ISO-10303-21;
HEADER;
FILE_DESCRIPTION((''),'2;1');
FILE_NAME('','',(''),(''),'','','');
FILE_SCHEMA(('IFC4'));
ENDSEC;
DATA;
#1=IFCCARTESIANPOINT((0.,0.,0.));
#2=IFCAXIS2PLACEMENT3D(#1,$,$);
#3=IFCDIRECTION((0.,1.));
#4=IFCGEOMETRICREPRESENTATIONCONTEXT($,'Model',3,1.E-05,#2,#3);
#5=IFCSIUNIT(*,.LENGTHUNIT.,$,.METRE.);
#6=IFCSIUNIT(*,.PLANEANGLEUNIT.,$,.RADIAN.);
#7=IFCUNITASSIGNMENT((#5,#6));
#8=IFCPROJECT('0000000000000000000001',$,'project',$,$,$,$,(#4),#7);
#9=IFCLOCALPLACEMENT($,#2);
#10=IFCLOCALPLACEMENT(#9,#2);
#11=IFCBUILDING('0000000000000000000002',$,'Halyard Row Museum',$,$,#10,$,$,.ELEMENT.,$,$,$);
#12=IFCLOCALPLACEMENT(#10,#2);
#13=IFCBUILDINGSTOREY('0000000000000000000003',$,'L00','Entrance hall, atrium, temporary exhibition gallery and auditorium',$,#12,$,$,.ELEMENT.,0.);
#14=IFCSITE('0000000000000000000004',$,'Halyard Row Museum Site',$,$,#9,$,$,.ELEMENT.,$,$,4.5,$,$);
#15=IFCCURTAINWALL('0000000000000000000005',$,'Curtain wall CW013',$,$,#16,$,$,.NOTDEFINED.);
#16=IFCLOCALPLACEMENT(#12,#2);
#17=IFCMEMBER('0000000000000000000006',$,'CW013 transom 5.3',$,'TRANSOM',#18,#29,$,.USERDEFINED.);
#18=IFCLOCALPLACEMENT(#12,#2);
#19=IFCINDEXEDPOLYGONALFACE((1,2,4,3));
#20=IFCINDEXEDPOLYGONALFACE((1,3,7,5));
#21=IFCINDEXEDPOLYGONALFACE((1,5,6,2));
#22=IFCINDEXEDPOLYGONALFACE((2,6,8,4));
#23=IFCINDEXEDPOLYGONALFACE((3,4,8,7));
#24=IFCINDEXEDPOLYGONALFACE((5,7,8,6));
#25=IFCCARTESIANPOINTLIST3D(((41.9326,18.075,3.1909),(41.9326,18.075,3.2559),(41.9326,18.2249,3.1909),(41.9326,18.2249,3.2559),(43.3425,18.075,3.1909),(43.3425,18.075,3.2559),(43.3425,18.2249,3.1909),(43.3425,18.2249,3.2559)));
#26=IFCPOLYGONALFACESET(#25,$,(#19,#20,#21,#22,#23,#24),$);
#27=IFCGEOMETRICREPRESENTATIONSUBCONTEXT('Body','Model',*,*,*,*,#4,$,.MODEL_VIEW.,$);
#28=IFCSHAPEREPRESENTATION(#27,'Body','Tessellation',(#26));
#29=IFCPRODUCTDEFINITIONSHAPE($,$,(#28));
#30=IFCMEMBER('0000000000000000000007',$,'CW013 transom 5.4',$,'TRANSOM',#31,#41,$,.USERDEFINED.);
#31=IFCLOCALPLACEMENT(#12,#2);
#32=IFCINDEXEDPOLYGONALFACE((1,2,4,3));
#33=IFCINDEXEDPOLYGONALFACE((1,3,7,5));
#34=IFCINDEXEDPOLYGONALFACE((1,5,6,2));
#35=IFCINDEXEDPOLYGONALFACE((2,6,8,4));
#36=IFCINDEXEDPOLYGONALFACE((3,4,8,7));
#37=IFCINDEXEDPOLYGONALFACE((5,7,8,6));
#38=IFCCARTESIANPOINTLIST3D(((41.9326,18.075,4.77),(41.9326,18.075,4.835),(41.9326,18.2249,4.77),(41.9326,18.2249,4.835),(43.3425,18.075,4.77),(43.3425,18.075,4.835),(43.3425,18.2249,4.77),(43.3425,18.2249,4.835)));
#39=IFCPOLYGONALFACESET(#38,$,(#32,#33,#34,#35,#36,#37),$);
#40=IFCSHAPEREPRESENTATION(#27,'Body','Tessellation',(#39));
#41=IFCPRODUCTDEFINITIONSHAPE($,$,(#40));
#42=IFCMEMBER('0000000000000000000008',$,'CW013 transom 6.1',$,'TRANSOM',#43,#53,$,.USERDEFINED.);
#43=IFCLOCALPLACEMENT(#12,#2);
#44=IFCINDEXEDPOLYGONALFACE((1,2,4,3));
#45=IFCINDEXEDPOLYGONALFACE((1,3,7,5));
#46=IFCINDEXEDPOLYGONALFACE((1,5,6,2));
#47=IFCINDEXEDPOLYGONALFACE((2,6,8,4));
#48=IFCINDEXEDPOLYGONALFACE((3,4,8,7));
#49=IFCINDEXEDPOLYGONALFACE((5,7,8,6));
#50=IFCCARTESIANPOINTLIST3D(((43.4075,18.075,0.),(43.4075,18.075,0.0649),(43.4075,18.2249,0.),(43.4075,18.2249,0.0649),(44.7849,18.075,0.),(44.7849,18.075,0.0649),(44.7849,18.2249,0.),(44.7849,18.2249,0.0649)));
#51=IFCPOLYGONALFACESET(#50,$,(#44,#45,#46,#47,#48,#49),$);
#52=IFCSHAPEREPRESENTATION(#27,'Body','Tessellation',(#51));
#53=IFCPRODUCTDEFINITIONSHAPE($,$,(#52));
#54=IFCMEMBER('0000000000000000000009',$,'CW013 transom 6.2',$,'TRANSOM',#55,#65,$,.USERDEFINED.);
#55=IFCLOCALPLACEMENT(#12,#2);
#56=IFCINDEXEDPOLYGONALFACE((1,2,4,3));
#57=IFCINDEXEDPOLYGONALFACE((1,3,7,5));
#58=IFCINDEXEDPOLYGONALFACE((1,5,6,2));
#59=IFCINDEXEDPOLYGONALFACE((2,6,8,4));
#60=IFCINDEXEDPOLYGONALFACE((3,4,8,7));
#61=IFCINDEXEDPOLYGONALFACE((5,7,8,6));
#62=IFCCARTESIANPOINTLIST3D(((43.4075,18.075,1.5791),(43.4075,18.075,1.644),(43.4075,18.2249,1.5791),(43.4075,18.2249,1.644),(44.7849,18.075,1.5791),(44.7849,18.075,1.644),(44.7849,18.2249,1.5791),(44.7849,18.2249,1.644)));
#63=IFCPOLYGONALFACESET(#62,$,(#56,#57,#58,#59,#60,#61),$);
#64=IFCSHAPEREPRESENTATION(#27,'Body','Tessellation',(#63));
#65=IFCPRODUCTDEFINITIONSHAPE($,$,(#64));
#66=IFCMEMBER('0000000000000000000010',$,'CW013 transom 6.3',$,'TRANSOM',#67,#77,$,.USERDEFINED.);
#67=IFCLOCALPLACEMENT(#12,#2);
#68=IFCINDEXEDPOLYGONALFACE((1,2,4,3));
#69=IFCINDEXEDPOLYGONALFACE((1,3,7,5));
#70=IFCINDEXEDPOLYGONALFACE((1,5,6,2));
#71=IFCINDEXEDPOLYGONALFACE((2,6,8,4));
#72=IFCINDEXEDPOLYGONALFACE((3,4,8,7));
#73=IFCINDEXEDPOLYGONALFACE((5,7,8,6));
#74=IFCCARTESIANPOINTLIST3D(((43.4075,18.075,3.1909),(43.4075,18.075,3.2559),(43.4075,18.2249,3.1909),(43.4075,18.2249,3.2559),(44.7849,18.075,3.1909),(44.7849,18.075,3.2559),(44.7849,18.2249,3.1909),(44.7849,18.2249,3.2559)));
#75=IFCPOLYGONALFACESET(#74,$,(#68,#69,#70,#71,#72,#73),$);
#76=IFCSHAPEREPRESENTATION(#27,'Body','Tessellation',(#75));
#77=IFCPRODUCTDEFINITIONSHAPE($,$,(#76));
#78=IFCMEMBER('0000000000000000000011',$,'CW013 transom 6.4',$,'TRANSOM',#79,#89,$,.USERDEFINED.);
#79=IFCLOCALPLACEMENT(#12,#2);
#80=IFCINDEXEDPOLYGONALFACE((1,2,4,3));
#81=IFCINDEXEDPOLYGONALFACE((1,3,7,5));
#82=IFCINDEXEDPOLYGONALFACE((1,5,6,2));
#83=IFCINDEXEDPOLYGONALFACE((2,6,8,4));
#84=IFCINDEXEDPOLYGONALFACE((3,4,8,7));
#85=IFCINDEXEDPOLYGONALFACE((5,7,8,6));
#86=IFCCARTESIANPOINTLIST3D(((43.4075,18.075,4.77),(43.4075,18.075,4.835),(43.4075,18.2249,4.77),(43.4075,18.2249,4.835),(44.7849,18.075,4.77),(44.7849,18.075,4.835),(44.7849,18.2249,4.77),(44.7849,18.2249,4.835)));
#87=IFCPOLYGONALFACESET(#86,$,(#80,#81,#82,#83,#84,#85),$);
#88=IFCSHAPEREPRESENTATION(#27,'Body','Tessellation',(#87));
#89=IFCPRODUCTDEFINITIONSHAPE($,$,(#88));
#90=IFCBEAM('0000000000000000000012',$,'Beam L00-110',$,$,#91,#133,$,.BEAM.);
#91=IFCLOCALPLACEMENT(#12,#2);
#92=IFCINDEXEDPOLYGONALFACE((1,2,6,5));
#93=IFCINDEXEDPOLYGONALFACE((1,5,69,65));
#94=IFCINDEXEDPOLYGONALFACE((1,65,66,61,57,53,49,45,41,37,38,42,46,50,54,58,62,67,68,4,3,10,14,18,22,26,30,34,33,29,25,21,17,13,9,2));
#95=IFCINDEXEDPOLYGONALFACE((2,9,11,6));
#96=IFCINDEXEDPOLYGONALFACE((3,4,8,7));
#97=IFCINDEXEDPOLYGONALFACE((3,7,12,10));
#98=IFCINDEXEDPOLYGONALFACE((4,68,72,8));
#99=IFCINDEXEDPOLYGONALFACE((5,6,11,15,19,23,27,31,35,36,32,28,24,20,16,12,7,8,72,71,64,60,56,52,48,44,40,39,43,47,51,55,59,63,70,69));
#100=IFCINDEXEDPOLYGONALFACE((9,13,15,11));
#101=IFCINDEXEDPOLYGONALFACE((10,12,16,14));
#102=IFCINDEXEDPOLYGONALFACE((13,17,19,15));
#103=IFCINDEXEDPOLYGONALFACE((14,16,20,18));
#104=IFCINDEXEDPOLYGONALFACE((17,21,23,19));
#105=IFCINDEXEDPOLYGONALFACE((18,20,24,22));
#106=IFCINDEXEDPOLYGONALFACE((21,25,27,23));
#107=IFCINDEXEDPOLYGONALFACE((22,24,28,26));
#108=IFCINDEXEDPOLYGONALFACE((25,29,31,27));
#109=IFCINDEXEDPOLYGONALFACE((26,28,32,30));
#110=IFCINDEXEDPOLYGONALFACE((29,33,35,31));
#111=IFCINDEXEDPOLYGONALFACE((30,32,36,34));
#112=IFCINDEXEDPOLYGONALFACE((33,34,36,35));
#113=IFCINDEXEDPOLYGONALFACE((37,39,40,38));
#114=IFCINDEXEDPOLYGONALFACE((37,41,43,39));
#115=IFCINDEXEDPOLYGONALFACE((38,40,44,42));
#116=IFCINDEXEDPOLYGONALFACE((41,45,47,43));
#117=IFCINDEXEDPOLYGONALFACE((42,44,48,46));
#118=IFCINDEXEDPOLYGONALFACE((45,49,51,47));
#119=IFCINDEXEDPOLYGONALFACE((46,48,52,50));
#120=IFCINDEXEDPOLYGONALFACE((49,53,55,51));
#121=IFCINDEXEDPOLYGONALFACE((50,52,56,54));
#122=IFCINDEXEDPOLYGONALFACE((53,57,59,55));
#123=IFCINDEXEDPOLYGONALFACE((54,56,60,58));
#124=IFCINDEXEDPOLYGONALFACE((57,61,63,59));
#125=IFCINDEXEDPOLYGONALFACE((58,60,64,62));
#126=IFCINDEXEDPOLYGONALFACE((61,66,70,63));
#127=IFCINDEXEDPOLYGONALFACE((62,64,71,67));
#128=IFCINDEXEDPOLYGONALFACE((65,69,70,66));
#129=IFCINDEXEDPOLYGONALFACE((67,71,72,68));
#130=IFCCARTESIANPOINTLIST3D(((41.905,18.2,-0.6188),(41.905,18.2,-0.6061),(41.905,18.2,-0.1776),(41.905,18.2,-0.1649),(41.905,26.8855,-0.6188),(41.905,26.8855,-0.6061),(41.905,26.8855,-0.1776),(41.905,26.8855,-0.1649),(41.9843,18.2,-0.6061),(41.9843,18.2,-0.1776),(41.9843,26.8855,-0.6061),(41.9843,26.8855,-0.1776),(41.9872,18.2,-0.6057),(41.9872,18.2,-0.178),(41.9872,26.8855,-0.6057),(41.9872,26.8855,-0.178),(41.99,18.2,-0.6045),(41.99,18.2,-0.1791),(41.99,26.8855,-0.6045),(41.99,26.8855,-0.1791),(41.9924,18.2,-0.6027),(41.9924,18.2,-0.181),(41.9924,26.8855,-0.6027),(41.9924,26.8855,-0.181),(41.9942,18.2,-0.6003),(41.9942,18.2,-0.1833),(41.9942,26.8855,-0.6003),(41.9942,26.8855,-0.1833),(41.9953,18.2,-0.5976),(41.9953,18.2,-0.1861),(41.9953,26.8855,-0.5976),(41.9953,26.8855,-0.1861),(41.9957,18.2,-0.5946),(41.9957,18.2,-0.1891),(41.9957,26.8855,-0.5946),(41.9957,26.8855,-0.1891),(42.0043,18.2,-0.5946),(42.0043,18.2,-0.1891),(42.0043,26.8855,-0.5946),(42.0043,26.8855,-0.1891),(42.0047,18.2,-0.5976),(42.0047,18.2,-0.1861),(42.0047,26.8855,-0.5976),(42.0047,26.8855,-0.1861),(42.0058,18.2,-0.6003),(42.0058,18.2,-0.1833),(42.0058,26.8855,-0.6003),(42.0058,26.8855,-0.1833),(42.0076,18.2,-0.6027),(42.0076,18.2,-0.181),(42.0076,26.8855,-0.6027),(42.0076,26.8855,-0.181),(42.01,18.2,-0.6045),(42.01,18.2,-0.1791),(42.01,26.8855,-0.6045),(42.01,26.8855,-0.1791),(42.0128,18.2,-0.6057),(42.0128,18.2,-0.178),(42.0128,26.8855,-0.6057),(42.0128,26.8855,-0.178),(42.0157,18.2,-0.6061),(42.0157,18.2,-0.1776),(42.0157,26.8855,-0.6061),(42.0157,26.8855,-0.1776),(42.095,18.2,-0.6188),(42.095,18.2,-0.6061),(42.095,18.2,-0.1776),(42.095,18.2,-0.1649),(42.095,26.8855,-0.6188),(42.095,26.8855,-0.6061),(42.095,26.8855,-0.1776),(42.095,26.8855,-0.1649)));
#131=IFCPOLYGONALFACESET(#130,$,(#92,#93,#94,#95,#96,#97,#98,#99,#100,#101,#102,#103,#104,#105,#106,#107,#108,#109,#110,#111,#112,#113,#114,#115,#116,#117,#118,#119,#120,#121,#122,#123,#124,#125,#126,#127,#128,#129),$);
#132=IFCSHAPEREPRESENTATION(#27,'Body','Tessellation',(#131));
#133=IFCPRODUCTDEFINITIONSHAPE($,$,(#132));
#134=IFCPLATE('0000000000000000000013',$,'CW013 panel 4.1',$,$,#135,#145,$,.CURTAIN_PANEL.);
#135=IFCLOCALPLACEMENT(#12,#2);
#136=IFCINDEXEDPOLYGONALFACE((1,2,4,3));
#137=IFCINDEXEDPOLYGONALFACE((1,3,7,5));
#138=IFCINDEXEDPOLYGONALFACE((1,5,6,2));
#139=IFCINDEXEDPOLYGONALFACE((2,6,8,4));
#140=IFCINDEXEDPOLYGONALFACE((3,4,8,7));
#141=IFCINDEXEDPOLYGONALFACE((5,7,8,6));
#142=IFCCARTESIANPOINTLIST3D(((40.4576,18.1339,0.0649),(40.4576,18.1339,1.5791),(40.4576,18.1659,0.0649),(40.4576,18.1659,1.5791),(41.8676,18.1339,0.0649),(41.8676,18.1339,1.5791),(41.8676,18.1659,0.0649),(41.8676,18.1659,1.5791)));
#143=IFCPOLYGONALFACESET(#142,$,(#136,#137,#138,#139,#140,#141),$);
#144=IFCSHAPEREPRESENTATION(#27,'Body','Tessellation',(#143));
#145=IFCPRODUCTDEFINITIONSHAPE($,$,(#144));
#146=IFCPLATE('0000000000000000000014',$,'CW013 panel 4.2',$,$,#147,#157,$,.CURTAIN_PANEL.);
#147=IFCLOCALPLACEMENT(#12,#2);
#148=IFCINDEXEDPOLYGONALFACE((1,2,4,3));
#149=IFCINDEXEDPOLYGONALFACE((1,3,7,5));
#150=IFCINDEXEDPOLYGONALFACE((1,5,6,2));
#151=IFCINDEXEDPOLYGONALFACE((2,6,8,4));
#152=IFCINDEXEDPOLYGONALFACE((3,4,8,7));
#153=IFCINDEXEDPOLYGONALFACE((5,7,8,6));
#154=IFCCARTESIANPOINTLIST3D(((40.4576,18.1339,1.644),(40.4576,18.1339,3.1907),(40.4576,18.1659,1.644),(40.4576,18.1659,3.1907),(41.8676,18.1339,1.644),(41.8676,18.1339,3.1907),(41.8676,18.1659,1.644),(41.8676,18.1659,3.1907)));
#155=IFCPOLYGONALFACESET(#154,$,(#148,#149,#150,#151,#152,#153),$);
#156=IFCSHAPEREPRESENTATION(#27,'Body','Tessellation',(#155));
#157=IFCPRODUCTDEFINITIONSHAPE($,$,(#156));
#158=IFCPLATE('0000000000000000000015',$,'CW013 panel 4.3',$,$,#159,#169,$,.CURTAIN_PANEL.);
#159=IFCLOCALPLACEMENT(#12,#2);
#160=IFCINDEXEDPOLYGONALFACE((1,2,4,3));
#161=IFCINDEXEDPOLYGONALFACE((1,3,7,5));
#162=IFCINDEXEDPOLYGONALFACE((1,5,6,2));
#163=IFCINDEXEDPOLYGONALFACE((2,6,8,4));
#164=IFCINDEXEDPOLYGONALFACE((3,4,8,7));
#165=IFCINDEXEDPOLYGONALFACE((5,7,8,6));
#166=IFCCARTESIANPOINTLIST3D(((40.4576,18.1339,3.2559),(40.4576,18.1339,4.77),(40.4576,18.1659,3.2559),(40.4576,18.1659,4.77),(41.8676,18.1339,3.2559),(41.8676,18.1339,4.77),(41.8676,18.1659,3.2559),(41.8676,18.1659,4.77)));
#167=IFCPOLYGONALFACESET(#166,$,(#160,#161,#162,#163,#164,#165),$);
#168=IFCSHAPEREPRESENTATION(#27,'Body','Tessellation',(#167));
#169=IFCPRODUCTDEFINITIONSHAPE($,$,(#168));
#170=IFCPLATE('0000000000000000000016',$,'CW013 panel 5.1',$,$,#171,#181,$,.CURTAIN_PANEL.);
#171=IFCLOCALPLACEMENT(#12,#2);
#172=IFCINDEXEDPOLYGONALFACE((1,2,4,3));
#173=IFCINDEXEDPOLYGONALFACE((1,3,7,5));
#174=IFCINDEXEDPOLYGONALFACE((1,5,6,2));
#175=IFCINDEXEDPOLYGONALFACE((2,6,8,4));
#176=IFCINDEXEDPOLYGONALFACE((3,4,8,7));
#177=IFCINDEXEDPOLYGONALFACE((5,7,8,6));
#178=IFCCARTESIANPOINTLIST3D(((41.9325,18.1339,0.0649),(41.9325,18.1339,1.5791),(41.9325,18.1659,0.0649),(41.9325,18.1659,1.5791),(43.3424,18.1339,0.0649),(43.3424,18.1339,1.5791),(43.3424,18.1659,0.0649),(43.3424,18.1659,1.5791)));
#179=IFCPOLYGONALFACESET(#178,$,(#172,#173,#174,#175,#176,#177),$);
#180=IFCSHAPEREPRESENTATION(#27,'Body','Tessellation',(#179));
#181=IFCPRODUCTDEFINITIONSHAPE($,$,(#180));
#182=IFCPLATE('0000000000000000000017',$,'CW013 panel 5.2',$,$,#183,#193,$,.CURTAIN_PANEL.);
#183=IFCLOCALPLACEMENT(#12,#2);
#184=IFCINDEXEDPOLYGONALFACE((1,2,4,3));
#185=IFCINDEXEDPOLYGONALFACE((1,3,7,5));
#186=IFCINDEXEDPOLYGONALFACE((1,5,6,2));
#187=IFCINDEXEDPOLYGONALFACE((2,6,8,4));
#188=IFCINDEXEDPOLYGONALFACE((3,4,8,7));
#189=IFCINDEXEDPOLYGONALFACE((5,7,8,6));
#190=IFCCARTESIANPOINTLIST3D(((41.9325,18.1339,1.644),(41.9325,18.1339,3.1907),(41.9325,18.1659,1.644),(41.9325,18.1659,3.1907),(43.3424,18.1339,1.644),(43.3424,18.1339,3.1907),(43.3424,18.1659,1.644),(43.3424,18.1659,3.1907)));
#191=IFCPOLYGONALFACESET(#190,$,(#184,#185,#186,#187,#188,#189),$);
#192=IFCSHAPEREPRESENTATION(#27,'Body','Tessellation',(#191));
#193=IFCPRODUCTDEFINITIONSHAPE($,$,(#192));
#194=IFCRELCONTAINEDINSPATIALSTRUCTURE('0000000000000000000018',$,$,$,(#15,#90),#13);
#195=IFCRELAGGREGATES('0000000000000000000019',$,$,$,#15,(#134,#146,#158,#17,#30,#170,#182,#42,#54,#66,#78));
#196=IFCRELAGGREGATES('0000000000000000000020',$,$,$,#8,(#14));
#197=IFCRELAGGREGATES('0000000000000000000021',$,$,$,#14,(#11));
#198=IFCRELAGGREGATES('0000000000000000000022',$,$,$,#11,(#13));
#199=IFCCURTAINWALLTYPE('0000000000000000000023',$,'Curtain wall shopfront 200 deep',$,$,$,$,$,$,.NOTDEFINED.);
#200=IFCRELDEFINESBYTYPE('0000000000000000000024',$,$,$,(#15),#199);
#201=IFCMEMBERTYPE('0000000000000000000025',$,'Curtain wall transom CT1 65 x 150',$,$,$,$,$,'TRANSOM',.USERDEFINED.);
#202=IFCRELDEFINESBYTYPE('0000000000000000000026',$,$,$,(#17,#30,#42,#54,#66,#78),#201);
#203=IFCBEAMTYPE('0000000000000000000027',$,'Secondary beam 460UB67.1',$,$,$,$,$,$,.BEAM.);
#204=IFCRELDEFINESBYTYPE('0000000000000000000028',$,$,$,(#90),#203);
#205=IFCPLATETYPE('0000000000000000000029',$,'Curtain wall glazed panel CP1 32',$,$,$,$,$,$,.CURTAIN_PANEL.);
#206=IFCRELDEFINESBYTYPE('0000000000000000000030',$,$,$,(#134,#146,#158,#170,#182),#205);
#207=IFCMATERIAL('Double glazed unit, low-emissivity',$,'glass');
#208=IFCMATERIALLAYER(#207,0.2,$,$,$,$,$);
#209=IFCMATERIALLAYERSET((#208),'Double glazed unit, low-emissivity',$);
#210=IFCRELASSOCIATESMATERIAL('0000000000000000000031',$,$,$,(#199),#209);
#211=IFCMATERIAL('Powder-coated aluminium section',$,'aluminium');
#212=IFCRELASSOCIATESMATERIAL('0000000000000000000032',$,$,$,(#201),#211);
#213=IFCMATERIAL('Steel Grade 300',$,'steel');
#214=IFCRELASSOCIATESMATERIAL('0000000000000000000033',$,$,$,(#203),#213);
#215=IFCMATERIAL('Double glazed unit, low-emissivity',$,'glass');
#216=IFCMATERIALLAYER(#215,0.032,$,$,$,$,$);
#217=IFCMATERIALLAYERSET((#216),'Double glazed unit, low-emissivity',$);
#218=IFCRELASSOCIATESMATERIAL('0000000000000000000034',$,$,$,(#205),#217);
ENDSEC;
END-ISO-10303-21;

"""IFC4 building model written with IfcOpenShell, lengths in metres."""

from ifc_helpers import new_model, si_unit, direction, frame, origin, origin_2d, place, context, subcontext, project, spatial, rectangle, i_section, extrude, material, layer, layer_set, material_profile, profile_set, type_object, element, aggregate, save


model = new_model("IFC4")

# Units and contexts
model_context = context("Model", 3, precision=1e-05, world=origin(), true_north=direction((0.0, 1.0)))
body_context = subcontext(model_context, "Body", "Model", "MODEL_VIEW")
ifc_project = project(units=[si_unit("LENGTHUNIT", "METRE"), si_unit("PLANEANGLEUNIT", "RADIAN")], contexts=[model_context])

# Site, building, storey
site_placement = place(None, origin())
site = spatial("IfcSite", under=ifc_project, at=site_placement, Name="Halyard Row Museum Site", CompositionType="ELEMENT", RefElevation=4.5)
building_placement = place(site_placement, origin())
building = spatial("IfcBuilding", under=site, at=building_placement, Name="Halyard Row Museum", CompositionType="ELEMENT")
storey_placement = place(building_placement, origin())
storey = spatial("IfcBuildingStorey", under=building, at=storey_placement, Name="L00", Description="Entrance hall, atrium, temporary exhibition gallery and auditorium", CompositionType="ELEMENT", Elevation=0.0)

# Curtain wall, members
ifc_material_1 = material(Name="Double glazed unit, low-emissivity", Category="glass")
ifc_layer_1 = layer(ifc_material_1, 0.2)
ifc_layer_set_1 = layer_set([ifc_layer_1], Name="Double glazed unit, low-emissivity")
curtain_wall_type = type_object("IfcCurtainWallType", Name="Curtain wall shopfront 200 deep", PredefinedType="NOTDEFINED", material=ifc_layer_set_1)
curtain_wall_placement = place(storey_placement, origin())
curtain_wall = element("IfcCurtainWall", 1, at=curtain_wall_placement, inside=storey, type_object=curtain_wall_type, Name="Curtain wall CW013", PredefinedType="NOTDEFINED")
ifc_material_2 = material(Name="Powder-coated aluminium section", Category="aluminium")
ifc_material_profile_1 = material_profile(ifc_material_2, rectangle(XDim=0.1499, YDim=0.0649, at=origin_2d()), Name="150x65 transom")
ifc_profile_set_1 = profile_set([ifc_material_profile_1], Name="Powder-coated aluminium section")
member_type_1 = type_object("IfcMemberType", Name="Curtain wall transom CT1 65 x 150", ElementType="TRANSOM", PredefinedType="USERDEFINED", material=ifc_profile_set_1)
member_1_placement = place(storey_placement, frame((41.9326, 18.1499, 3.2234), z_axis=(1.0, 0.0, 0.0), x_axis=(0.0, 1.0, 0.0)))
member_1 = element("IfcMember", 2, at=member_1_placement, type_object=member_type_1, Name="CW013 transom 5.3", ObjectType="TRANSOM", PredefinedType="USERDEFINED", context=body_context, shape_type="SweptSolid", body=[
    extrude(rectangle(XDim=0.1499, YDim=0.0649, at=origin_2d()), origin(), (0.0, 0.0, 1.0), 1.4099),
])
member_2_placement = place(storey_placement, frame((41.9326, 18.1499, 4.8025), z_axis=(1.0, 0.0, 0.0), x_axis=(0.0, 1.0, 0.0)))
member_2 = element("IfcMember", 3, at=member_2_placement, type_object=member_type_1, Name="CW013 transom 5.4", ObjectType="TRANSOM", PredefinedType="USERDEFINED", context=body_context, shape_type="SweptSolid", body=[
    extrude(rectangle(XDim=0.1499, YDim=0.0649, at=origin_2d()), origin(), (0.0, 0.0, 1.0), 1.4099),
])
member_3_placement = place(storey_placement, frame((43.4075, 18.1499, 0.0325), z_axis=(1.0, 0.0, 0.0), x_axis=(0.0, 1.0, 0.0)))
member_3 = element("IfcMember", 4, at=member_3_placement, type_object=member_type_1, Name="CW013 transom 6.1", ObjectType="TRANSOM", PredefinedType="USERDEFINED", context=body_context, shape_type="SweptSolid", body=[
    extrude(rectangle(XDim=0.1499, YDim=0.0649, at=origin_2d()), origin(), (0.0, 0.0, 1.0), 1.3774),
])
member_4_placement = place(storey_placement, frame((43.4075, 18.1499, 1.6116), z_axis=(1.0, 0.0, 0.0), x_axis=(0.0, 1.0, 0.0)))
member_4 = element("IfcMember", 5, at=member_4_placement, type_object=member_type_1, Name="CW013 transom 6.2", ObjectType="TRANSOM", PredefinedType="USERDEFINED", context=body_context, shape_type="SweptSolid", body=[
    extrude(rectangle(XDim=0.1499, YDim=0.0649, at=origin_2d()), origin(), (0.0, 0.0, 1.0), 1.3774),
])
member_5_placement = place(storey_placement, frame((43.4075, 18.1499, 3.2234), z_axis=(1.0, 0.0, 0.0), x_axis=(0.0, 1.0, 0.0)))
member_5 = element("IfcMember", 6, at=member_5_placement, type_object=member_type_1, Name="CW013 transom 6.3", ObjectType="TRANSOM", PredefinedType="USERDEFINED", context=body_context, shape_type="SweptSolid", body=[
    extrude(rectangle(XDim=0.1499, YDim=0.0649, at=origin_2d()), origin(), (0.0, 0.0, 1.0), 1.3774),
])
member_6_placement = place(storey_placement, frame((43.4075, 18.1499, 4.8025), z_axis=(1.0, 0.0, 0.0), x_axis=(0.0, 1.0, 0.0)))
member_6 = element("IfcMember", 7, at=member_6_placement, type_object=member_type_1, Name="CW013 transom 6.4", ObjectType="TRANSOM", PredefinedType="USERDEFINED", context=body_context, shape_type="SweptSolid", body=[
    extrude(rectangle(XDim=0.1499, YDim=0.0649, at=origin_2d()), origin(), (0.0, 0.0, 1.0), 1.3774),
])

# Beam
ifc_material_3 = material(Name="Steel Grade 300", Category="steel")
ifc_material_profile_2 = material_profile(ifc_material_3, i_section(OverallWidth=0.1899, OverallDepth=0.4539, WebThickness=0.0085, FlangeThickness=0.0127, FilletRadius=0.0115, at=origin_2d()), Name="460UB67.1")
ifc_profile_set_2 = profile_set([ifc_material_profile_2], Name="Steel Grade 300")
beam_type_1 = type_object("IfcBeamType", Name="Secondary beam 460UB67.1", PredefinedType="BEAM", material=ifc_profile_set_2)
beam_1_placement = place(storey_placement, frame((42.0, 18.2, -0.3918), z_axis=(0.0, 1.0, 0.0), x_axis=(-1.0, 0.0, 0.0)))
element("IfcBeam", 8, at=beam_1_placement, inside=storey, type_object=beam_type_1, Name="Beam L00-110", PredefinedType="BEAM", context=body_context, shape_type="SweptSolid", body=[
    extrude(i_section(OverallWidth=0.1899, OverallDepth=0.4539, WebThickness=0.0085, FlangeThickness=0.0127, FilletRadius=0.0115, at=origin_2d()), origin(), (0.0, 0.0, 1.0), 8.6855),
])

# Plates
ifc_material_4 = material(Name="Double glazed unit, low-emissivity", Category="glass")
ifc_layer_2 = layer(ifc_material_4, 0.032)
ifc_layer_set_2 = layer_set([ifc_layer_2], Name="Double glazed unit, low-emissivity")
plate_type = type_object("IfcPlateType", Name="Curtain wall glazed panel CP1 32", PredefinedType="CURTAIN_PANEL", material=ifc_layer_set_2)
plate_1_placement = place(storey_placement, frame((41.1626, 18.1499, 0.0649), z_axis=(0.0, 0.0, 1.0), x_axis=(1.0, 0.0, 0.0)))
plate_1 = element("IfcPlate", 9, at=plate_1_placement, type_object=plate_type, Name="CW013 panel 4.1", PredefinedType="CURTAIN_PANEL", context=body_context, shape_type="SweptSolid", body=[
    extrude(rectangle(XDim=1.4099, YDim=0.032, at=origin_2d()), origin(), (0.0, 0.0, 1.0), 1.5142),
])
plate_2_placement = place(storey_placement, frame((41.1626, 18.1499, 1.644), z_axis=(0.0, 0.0, 1.0), x_axis=(1.0, 0.0, 0.0)))
plate_2 = element("IfcPlate", 10, at=plate_2_placement, type_object=plate_type, Name="CW013 panel 4.2", PredefinedType="CURTAIN_PANEL", context=body_context, shape_type="SweptSolid", body=[
    extrude(rectangle(XDim=1.4099, YDim=0.032, at=origin_2d()), origin(), (0.0, 0.0, 1.0), 1.5466),
])
plate_3_placement = place(storey_placement, frame((41.1626, 18.1499, 3.2559), z_axis=(0.0, 0.0, 1.0), x_axis=(1.0, 0.0, 0.0)))
plate_3 = element("IfcPlate", 11, at=plate_3_placement, type_object=plate_type, Name="CW013 panel 4.3", PredefinedType="CURTAIN_PANEL", context=body_context, shape_type="SweptSolid", body=[
    extrude(rectangle(XDim=1.4099, YDim=0.032, at=origin_2d()), origin(), (0.0, 0.0, 1.0), 1.5142),
])
plate_4_placement = place(storey_placement, frame((42.6375, 18.1499, 0.0649), z_axis=(0.0, 0.0, 1.0), x_axis=(1.0, 0.0, 0.0)))
plate_4 = element("IfcPlate", 12, at=plate_4_placement, type_object=plate_type, Name="CW013 panel 5.1", PredefinedType="CURTAIN_PANEL", context=body_context, shape_type="SweptSolid", body=[
    extrude(rectangle(XDim=1.4099, YDim=0.032, at=origin_2d()), origin(), (0.0, 0.0, 1.0), 1.5142),
])
plate_5_placement = place(storey_placement, frame((42.6375, 18.1499, 1.644), z_axis=(0.0, 0.0, 1.0), x_axis=(1.0, 0.0, 0.0)))
plate_5 = element("IfcPlate", 13, at=plate_5_placement, type_object=plate_type, Name="CW013 panel 5.2", PredefinedType="CURTAIN_PANEL", context=body_context, shape_type="SweptSolid", body=[
    extrude(rectangle(XDim=1.4099, YDim=0.032, at=origin_2d()), origin(), (0.0, 0.0, 1.0), 1.5466),
])
aggregate(curtain_wall, [plate_1, plate_2, plate_3, member_1, member_2, plate_4, plate_5, member_3, member_4, member_5, member_6])

save(model, "model.ifc")
